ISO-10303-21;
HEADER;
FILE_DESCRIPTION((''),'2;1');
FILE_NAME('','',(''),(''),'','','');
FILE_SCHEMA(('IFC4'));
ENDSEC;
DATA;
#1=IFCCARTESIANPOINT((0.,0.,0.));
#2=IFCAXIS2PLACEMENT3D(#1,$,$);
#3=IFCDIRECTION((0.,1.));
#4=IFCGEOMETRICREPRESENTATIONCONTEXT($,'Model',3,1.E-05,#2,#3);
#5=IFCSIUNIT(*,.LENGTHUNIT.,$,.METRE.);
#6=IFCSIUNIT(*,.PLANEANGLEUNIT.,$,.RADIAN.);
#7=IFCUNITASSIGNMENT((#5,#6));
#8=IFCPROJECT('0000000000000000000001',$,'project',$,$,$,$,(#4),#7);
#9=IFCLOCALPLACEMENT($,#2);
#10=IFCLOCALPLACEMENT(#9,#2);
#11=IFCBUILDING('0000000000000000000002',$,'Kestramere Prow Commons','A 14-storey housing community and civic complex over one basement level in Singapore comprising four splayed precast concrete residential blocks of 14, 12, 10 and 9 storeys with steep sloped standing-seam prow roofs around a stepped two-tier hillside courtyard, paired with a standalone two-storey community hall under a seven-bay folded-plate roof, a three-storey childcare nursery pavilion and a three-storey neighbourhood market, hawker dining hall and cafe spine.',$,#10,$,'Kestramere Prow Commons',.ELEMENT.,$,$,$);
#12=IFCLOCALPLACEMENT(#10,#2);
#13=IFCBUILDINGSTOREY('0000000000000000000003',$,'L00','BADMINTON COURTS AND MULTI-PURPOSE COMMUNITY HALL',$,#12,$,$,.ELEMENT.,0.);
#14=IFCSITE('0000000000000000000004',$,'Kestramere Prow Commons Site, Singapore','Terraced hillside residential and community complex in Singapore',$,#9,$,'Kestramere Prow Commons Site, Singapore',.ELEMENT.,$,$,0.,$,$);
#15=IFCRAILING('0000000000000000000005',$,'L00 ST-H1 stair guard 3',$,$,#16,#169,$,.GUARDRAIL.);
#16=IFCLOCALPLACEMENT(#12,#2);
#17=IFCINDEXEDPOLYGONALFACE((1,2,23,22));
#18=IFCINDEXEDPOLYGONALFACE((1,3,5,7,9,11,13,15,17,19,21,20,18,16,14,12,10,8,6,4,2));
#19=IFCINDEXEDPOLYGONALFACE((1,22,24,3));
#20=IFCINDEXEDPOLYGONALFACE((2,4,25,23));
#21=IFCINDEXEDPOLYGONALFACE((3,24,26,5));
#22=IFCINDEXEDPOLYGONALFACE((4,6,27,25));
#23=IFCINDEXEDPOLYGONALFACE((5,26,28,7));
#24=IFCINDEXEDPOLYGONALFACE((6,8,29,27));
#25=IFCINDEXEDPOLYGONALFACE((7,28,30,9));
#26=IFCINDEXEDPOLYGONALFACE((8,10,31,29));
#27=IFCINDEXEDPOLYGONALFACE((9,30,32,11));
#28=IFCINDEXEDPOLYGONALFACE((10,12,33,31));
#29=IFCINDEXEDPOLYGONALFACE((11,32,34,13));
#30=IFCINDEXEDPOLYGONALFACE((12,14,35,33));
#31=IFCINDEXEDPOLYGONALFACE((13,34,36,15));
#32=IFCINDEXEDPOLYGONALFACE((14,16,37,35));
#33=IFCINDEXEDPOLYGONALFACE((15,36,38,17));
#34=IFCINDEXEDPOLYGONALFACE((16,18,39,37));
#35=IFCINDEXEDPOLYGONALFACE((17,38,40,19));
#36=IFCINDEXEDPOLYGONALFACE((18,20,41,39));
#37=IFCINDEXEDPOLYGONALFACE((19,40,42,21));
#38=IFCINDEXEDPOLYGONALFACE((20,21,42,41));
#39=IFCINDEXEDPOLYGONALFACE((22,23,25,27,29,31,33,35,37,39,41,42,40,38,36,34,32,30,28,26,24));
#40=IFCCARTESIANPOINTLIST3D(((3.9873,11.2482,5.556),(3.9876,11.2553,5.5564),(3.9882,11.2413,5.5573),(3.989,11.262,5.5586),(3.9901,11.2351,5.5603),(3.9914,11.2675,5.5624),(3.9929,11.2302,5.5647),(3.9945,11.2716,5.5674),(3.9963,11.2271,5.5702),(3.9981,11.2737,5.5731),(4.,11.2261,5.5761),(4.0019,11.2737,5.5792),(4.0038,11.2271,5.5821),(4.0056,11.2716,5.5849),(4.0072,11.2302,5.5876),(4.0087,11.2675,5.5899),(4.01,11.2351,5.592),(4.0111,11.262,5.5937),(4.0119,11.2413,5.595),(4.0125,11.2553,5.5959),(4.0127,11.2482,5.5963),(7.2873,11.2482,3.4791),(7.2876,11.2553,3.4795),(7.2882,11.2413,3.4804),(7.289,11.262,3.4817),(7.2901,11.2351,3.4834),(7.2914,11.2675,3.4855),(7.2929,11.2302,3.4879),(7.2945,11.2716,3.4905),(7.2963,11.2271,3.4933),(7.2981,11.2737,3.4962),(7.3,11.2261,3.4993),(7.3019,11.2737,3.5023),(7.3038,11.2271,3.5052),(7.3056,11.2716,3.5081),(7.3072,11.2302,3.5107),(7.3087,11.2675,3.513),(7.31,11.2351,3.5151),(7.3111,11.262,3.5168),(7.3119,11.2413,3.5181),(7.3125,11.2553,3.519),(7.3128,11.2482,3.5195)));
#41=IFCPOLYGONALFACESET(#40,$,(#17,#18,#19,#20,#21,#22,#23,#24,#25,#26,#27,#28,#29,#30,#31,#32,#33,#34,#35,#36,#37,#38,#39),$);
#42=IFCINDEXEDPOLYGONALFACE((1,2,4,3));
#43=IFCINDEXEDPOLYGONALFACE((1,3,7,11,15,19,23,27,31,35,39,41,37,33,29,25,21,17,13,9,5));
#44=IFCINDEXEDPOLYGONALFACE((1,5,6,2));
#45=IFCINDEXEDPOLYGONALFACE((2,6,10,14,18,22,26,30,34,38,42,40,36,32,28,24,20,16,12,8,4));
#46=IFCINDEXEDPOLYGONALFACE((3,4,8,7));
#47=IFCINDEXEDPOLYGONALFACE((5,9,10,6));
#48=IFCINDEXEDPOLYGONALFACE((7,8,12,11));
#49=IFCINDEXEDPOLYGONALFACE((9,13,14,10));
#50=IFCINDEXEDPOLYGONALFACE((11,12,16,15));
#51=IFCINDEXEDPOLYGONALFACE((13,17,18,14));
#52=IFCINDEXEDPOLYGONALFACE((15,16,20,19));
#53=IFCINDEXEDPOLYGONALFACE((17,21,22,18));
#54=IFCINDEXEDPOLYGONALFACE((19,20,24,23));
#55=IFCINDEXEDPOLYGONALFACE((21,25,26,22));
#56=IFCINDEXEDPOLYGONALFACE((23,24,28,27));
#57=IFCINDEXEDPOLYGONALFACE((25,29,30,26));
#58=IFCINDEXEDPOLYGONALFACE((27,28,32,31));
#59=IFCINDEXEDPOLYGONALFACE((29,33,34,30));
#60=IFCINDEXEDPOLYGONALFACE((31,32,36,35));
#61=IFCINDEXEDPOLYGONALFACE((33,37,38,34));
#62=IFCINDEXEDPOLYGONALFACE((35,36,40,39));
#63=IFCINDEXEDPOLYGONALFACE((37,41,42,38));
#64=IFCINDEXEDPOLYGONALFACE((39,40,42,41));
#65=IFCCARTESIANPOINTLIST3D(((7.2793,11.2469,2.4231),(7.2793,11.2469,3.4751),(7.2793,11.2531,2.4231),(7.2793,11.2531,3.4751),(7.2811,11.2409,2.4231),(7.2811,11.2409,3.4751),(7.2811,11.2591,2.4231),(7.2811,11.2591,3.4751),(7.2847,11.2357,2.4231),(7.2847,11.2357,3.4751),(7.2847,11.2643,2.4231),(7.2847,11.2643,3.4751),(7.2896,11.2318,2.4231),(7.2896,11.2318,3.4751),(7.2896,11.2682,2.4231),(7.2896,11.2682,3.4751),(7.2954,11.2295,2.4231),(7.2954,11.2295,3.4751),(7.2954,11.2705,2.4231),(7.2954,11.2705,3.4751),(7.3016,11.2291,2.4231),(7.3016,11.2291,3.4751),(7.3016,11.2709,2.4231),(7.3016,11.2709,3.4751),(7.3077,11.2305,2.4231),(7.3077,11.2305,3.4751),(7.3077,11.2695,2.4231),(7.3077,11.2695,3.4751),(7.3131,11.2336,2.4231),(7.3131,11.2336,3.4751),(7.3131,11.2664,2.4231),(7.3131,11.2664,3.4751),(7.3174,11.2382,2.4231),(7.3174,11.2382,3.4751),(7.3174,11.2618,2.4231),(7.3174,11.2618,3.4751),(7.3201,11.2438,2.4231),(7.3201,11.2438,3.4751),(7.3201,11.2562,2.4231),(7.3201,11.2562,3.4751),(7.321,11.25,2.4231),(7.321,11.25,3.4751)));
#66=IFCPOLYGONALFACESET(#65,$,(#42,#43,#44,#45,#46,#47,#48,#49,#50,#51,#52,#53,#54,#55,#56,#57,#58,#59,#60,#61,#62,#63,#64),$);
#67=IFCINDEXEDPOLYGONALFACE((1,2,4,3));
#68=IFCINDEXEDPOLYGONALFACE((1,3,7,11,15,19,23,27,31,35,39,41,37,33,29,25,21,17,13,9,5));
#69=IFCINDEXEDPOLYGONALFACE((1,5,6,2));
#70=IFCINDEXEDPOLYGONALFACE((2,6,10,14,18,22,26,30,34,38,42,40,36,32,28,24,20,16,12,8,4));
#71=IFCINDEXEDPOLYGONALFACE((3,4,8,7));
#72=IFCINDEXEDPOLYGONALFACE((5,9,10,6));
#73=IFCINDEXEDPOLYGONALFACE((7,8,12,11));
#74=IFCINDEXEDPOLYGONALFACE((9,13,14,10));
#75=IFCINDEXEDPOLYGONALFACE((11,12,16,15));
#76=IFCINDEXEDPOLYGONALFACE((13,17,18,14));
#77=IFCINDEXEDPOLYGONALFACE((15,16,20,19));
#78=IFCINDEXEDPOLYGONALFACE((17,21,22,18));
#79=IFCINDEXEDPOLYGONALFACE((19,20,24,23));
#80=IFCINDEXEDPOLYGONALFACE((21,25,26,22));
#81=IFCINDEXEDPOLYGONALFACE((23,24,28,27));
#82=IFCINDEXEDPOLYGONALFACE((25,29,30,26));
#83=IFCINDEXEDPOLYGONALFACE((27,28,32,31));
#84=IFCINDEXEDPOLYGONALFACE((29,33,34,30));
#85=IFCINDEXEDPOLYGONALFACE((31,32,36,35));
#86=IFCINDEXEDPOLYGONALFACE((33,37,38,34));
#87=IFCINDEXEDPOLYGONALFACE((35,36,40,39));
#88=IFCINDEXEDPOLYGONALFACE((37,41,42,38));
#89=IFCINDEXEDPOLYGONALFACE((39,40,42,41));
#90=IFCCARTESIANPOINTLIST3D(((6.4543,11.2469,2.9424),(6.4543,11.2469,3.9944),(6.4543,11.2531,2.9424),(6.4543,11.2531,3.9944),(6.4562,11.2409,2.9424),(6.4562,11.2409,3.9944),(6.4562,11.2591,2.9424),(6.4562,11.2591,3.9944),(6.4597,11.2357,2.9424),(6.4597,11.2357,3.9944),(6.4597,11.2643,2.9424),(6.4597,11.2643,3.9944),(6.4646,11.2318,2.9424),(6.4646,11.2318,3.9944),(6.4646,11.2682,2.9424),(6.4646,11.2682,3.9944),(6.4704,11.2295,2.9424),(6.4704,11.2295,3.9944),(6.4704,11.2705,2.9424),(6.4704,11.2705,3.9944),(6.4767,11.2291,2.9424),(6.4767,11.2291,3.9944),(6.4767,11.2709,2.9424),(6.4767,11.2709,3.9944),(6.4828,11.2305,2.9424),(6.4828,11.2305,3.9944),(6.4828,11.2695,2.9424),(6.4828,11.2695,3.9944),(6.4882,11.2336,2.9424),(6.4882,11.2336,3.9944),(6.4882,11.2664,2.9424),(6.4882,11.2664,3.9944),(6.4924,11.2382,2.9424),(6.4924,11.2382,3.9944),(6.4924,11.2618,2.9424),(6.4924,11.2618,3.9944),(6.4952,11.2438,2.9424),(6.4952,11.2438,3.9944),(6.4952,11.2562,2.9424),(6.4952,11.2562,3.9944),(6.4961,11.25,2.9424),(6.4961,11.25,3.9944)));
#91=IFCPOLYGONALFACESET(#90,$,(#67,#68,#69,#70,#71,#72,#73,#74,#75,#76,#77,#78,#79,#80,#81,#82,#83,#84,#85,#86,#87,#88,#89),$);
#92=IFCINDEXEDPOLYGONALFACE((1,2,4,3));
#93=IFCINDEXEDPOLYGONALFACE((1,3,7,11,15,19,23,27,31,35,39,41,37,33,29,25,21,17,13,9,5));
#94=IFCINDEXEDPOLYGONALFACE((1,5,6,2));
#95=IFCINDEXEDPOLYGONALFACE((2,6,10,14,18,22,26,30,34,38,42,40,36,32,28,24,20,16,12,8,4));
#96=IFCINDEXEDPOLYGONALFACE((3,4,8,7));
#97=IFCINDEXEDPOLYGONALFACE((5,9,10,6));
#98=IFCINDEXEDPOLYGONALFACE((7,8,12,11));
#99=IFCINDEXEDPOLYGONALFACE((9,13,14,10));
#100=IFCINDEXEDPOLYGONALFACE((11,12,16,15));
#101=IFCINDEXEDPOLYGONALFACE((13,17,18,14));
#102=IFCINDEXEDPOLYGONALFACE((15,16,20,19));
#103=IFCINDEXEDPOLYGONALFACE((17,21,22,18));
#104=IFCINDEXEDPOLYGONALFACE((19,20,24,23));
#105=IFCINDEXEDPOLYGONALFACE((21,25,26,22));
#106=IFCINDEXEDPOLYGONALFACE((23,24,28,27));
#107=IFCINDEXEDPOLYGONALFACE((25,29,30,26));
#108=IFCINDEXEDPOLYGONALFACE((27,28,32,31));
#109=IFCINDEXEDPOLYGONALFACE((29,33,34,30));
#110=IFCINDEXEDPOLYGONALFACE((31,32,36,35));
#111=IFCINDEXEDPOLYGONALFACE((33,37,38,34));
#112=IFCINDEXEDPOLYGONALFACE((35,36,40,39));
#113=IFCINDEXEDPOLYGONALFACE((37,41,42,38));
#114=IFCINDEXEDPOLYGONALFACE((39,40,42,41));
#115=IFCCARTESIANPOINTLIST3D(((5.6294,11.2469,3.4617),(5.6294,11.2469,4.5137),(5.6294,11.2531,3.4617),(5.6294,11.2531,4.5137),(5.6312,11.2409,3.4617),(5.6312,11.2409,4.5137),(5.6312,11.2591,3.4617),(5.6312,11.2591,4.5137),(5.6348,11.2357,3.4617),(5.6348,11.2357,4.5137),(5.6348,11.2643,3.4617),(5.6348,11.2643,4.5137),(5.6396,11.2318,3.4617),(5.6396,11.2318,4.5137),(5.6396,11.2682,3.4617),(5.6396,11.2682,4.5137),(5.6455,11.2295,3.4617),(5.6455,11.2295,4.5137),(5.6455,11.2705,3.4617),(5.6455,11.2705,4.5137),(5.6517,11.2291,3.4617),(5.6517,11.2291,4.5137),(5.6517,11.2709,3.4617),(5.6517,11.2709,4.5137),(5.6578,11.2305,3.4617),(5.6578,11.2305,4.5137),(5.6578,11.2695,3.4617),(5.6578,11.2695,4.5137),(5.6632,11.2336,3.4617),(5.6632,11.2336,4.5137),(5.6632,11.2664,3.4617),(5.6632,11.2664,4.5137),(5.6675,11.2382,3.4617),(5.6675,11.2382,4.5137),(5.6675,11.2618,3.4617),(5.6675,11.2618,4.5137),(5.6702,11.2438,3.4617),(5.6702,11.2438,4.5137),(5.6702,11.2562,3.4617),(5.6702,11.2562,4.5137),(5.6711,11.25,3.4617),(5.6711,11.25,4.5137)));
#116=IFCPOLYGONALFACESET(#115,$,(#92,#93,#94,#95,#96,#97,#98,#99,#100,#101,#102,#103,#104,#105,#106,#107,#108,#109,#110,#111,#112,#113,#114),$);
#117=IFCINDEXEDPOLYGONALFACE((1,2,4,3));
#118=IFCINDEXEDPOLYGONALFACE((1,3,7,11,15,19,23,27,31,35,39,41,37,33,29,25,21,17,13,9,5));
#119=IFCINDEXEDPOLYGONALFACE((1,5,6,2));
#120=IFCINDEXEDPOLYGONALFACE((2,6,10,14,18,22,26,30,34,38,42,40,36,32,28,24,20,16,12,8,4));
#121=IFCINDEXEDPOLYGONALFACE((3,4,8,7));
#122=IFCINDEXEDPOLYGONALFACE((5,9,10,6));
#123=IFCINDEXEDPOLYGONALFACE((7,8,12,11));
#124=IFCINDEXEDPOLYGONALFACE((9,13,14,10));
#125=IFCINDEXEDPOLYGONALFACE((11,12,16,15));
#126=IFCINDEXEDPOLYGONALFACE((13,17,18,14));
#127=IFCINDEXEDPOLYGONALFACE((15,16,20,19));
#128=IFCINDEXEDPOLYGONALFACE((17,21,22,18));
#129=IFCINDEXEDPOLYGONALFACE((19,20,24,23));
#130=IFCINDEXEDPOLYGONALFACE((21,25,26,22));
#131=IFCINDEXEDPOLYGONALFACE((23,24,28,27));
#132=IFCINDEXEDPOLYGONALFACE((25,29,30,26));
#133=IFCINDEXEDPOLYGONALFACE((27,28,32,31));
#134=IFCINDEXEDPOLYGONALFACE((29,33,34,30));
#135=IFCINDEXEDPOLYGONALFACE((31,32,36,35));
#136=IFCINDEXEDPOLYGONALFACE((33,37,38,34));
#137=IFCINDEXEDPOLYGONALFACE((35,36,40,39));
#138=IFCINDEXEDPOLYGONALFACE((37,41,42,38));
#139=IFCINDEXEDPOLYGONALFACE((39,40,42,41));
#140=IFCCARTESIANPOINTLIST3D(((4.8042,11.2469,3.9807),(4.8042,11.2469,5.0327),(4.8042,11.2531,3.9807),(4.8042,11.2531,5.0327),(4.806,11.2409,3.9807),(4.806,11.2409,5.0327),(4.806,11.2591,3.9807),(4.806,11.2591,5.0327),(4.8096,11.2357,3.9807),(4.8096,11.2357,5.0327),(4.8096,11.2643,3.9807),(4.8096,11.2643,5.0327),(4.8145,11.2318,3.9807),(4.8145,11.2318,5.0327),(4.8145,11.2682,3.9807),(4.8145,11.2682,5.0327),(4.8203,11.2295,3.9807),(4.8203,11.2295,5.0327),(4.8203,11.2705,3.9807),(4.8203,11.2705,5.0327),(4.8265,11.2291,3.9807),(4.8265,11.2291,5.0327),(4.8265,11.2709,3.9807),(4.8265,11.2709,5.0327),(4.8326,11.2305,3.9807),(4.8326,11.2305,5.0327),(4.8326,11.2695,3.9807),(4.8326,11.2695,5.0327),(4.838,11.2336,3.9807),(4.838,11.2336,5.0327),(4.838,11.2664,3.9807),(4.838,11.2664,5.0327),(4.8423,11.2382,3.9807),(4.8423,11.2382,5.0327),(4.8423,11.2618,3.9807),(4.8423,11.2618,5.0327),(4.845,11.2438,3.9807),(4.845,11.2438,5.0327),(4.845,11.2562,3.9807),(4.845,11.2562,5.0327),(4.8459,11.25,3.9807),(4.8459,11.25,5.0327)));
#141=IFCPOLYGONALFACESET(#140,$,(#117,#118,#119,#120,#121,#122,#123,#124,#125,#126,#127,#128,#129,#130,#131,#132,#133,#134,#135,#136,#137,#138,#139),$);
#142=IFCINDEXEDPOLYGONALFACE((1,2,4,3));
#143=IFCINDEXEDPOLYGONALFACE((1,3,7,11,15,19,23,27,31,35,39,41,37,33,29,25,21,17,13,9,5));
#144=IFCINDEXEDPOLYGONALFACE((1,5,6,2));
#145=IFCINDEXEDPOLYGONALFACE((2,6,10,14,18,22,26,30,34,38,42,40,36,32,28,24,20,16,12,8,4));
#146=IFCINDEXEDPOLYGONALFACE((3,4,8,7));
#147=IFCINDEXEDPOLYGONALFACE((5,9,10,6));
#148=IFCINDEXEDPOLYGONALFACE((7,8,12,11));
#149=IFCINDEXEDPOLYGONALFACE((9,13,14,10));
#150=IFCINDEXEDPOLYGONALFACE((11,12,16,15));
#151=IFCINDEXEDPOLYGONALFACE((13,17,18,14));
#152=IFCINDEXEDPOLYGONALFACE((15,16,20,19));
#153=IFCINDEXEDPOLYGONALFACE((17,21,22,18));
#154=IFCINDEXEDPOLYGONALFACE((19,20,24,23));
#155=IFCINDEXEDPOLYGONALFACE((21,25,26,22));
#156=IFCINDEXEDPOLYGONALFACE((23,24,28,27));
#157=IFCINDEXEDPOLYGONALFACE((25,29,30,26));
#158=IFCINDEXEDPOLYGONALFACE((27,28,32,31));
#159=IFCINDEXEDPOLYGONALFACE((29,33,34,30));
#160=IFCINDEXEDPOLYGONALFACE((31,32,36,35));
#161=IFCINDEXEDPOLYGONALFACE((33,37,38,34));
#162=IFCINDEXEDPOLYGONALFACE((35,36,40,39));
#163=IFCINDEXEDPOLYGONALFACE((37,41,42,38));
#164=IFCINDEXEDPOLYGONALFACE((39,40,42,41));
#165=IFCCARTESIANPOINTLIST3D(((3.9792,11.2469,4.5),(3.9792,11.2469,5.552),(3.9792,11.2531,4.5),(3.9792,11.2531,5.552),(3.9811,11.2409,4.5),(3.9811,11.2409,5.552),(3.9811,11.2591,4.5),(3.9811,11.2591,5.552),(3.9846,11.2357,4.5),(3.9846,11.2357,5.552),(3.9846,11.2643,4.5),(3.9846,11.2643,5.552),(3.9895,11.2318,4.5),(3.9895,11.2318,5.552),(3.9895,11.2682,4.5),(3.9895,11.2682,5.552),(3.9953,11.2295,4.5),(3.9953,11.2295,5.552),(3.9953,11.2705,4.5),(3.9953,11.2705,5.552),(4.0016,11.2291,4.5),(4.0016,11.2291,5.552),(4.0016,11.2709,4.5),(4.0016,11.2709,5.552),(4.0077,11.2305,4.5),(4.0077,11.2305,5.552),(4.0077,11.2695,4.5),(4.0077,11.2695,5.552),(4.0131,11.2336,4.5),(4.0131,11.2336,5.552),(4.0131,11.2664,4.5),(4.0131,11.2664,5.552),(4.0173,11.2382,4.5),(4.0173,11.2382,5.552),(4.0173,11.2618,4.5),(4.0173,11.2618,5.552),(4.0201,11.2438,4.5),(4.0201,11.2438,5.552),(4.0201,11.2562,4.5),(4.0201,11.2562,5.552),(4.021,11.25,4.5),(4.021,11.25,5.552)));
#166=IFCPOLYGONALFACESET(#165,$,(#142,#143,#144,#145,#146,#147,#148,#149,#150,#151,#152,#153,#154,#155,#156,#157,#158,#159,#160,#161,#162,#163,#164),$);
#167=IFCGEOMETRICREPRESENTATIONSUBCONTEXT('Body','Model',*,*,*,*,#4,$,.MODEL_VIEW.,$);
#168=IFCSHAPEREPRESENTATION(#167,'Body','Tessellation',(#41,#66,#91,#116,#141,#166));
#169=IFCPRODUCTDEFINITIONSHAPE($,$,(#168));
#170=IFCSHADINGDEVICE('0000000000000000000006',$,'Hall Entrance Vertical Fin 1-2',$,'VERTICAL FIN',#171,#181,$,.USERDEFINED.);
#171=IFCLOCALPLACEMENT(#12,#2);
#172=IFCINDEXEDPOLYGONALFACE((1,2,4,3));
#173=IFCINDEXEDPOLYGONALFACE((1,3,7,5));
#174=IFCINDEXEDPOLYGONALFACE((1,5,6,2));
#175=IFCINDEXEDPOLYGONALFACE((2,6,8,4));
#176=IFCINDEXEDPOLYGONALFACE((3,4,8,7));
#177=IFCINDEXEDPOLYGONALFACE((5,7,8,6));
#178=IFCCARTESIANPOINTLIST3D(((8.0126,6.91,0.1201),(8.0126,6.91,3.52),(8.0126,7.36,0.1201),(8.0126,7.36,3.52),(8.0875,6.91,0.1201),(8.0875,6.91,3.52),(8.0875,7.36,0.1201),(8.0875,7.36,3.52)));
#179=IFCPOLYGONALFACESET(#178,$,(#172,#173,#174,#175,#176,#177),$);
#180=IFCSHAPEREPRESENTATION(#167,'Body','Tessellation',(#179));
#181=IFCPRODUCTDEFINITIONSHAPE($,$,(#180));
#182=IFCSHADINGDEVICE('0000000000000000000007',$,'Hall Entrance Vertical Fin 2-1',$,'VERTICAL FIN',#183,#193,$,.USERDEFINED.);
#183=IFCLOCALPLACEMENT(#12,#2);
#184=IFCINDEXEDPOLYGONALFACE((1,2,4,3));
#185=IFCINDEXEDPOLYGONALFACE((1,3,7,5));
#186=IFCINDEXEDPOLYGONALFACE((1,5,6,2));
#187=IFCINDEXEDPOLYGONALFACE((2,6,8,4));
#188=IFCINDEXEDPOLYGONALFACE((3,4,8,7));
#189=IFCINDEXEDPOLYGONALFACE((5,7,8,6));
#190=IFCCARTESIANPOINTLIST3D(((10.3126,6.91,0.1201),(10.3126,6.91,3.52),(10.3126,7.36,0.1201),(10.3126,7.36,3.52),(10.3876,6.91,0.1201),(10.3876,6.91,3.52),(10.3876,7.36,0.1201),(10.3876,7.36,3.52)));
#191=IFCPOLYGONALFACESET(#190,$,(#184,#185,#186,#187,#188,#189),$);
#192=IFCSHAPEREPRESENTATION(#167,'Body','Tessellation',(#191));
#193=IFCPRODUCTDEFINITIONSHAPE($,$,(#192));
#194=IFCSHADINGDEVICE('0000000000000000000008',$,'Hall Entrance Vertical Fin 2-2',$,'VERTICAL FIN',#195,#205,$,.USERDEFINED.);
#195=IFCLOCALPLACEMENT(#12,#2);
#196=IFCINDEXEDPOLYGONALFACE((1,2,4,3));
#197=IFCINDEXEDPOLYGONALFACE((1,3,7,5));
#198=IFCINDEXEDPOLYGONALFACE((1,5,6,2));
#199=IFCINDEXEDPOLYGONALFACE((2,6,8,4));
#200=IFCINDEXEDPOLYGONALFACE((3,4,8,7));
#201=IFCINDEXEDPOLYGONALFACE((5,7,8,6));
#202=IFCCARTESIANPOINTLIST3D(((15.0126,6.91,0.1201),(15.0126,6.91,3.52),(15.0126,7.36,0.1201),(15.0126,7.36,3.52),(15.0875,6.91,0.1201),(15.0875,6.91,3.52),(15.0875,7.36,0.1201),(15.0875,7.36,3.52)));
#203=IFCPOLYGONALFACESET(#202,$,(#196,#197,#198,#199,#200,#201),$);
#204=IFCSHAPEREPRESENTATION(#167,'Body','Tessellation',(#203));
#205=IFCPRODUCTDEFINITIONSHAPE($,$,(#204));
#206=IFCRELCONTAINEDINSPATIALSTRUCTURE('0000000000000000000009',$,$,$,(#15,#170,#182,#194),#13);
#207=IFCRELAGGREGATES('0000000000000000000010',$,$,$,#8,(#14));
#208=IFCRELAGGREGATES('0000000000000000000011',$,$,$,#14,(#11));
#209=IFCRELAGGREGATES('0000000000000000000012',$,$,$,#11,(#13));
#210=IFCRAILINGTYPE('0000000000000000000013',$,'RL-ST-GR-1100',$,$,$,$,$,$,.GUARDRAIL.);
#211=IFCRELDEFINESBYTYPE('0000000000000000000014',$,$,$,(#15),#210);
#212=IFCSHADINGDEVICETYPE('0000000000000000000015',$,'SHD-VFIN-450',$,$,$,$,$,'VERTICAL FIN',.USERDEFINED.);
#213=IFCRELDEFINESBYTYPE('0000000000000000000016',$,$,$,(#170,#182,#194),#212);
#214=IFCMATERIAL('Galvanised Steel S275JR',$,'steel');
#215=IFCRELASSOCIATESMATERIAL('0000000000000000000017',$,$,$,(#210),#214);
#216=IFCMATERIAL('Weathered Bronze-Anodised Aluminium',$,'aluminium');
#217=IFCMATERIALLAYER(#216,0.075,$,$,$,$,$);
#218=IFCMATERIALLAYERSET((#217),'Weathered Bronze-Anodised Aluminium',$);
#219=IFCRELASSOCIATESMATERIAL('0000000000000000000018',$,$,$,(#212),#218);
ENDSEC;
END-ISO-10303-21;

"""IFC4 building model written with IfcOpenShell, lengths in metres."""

from ifc_helpers import new_model, si_unit, direction, frame, origin, origin_2d, place, context, subcontext, project, spatial, rectangle, circle, extrude, material, layer, layer_set, type_object, element, save


model = new_model("IFC4")

# Units and contexts
model_context = context("Model", 3, precision=1e-05, world=origin(), true_north=direction((0.0, 1.0)))
body_context = subcontext(model_context, "Body", "Model", "MODEL_VIEW")
ifc_project = project(units=[si_unit("LENGTHUNIT", "METRE"), si_unit("PLANEANGLEUNIT", "RADIAN")], contexts=[model_context])

# Site, building, storey
site_placement = place(None, origin())
site = spatial("IfcSite", under=ifc_project, at=site_placement, Name="Kestramere Prow Commons Site, Singapore", Description="Terraced hillside residential and community complex in Singapore", LongName="Kestramere Prow Commons Site, Singapore", CompositionType="ELEMENT", RefElevation=0.0)
building_placement = place(site_placement, origin())
building = spatial("IfcBuilding", under=site, at=building_placement, Name="Kestramere Prow Commons", Description="A 14-storey housing community and civic complex over one basement level in Singapore comprising four splayed precast concrete residential blocks of 14, 12, 10 and 9 storeys with steep sloped standing-seam prow roofs around a stepped two-tier hillside courtyard, paired with a standalone two-storey community hall under a seven-bay folded-plate roof, a three-storey childcare nursery pavilion and a three-storey neighbourhood market, hawker dining hall and cafe spine.", LongName="Kestramere Prow Commons", CompositionType="ELEMENT")
storey_placement = place(building_placement, origin())
storey = spatial("IfcBuildingStorey", under=building, at=storey_placement, Name="L00", Description="BADMINTON COURTS AND MULTI-PURPOSE COMMUNITY HALL", CompositionType="ELEMENT", Elevation=0.0)

# Railing
ifc_material_1 = material(Name="Galvanised Steel S275JR", Category="steel")
railing_type = type_object("IfcRailingType", Name="RL-ST-GR-1100", PredefinedType="GUARDRAIL", material=ifc_material_1)
railing_1_placement = place(storey_placement, frame((7.3, 11.25, 2.4231)))
element("IfcRailing", 1, at=railing_1_placement, inside=storey, type_object=railing_type, Name="L00 ST-H1 stair guard 3", PredefinedType="GUARDRAIL", context=body_context, shape_type="SweptSolid", body=[
    extrude(circle(Radius=0.0239, at=origin_2d()), frame((0.0, 0.0, 1.0762), z_axis=(-0.846337, 0.0, 0.532647), x_axis=(0.0, -1.0, 0.0)), (0.0, 0.0, 1.0), 3.8992),
    extrude(circle(Radius=0.021, at=origin_2d()), origin(), (0.0, 0.0, 1.0), 1.052),
    extrude(circle(Radius=0.021, at=origin_2d()), frame((-0.825, 0.0, 0.5193)), (0.0, 0.0, 1.0), 1.052),
    extrude(circle(Radius=0.021, at=origin_2d()), frame((-1.6499, 0.0, 1.0386)), (0.0, 0.0, 1.0), 1.052),
    extrude(circle(Radius=0.021, at=origin_2d()), frame((-2.4751, 0.0, 1.5576)), (0.0, 0.0, 1.0), 1.052),
    extrude(circle(Radius=0.021, at=origin_2d()), frame((-3.3, 0.0, 2.0769)), (0.0, 0.0, 1.0), 1.052),
])

# Shading devices
ifc_material_2 = material(Name="Weathered Bronze-Anodised Aluminium", Category="aluminium")
ifc_layer_1 = layer(ifc_material_2, 0.075)
ifc_layer_set_1 = layer_set([ifc_layer_1], Name="Weathered Bronze-Anodised Aluminium")
shading_device_type = type_object("IfcShadingDeviceType", Name="SHD-VFIN-450", ElementType="VERTICAL FIN", PredefinedType="USERDEFINED", material=ifc_layer_set_1)
for number, where, z_axis, x_axis, name in (
    (2, (8.05, 7.135, 0.1201), (0.0, 0.0, 1.0), (1.0, 0.0, 0.0), "Hall Entrance Vertical Fin 1-2"),
    (3, (10.3501, 7.135, 0.1201), (0.0, 0.0, 1.0), (1.0, 0.0, 0.0), "Hall Entrance Vertical Fin 2-1"),
    (4, (15.05, 7.135, 0.1201), (0.0, 0.0, 1.0), (1.0, 0.0, 0.0), "Hall Entrance Vertical Fin 2-2"),
):
    element("IfcShadingDevice", number, at=place(storey_placement, frame(where, z_axis=z_axis, x_axis=x_axis)), inside=storey, type_object=shading_device_type, Name=name, ObjectType="VERTICAL FIN", PredefinedType="USERDEFINED", context=body_context, shape_type="SweptSolid", body=[
        extrude(rectangle(XDim=0.075, YDim=0.45, at=origin_2d()), origin(), (0.0, 0.0, 1.0), 3.3999),
    ])

save(model, "model.ifc")
